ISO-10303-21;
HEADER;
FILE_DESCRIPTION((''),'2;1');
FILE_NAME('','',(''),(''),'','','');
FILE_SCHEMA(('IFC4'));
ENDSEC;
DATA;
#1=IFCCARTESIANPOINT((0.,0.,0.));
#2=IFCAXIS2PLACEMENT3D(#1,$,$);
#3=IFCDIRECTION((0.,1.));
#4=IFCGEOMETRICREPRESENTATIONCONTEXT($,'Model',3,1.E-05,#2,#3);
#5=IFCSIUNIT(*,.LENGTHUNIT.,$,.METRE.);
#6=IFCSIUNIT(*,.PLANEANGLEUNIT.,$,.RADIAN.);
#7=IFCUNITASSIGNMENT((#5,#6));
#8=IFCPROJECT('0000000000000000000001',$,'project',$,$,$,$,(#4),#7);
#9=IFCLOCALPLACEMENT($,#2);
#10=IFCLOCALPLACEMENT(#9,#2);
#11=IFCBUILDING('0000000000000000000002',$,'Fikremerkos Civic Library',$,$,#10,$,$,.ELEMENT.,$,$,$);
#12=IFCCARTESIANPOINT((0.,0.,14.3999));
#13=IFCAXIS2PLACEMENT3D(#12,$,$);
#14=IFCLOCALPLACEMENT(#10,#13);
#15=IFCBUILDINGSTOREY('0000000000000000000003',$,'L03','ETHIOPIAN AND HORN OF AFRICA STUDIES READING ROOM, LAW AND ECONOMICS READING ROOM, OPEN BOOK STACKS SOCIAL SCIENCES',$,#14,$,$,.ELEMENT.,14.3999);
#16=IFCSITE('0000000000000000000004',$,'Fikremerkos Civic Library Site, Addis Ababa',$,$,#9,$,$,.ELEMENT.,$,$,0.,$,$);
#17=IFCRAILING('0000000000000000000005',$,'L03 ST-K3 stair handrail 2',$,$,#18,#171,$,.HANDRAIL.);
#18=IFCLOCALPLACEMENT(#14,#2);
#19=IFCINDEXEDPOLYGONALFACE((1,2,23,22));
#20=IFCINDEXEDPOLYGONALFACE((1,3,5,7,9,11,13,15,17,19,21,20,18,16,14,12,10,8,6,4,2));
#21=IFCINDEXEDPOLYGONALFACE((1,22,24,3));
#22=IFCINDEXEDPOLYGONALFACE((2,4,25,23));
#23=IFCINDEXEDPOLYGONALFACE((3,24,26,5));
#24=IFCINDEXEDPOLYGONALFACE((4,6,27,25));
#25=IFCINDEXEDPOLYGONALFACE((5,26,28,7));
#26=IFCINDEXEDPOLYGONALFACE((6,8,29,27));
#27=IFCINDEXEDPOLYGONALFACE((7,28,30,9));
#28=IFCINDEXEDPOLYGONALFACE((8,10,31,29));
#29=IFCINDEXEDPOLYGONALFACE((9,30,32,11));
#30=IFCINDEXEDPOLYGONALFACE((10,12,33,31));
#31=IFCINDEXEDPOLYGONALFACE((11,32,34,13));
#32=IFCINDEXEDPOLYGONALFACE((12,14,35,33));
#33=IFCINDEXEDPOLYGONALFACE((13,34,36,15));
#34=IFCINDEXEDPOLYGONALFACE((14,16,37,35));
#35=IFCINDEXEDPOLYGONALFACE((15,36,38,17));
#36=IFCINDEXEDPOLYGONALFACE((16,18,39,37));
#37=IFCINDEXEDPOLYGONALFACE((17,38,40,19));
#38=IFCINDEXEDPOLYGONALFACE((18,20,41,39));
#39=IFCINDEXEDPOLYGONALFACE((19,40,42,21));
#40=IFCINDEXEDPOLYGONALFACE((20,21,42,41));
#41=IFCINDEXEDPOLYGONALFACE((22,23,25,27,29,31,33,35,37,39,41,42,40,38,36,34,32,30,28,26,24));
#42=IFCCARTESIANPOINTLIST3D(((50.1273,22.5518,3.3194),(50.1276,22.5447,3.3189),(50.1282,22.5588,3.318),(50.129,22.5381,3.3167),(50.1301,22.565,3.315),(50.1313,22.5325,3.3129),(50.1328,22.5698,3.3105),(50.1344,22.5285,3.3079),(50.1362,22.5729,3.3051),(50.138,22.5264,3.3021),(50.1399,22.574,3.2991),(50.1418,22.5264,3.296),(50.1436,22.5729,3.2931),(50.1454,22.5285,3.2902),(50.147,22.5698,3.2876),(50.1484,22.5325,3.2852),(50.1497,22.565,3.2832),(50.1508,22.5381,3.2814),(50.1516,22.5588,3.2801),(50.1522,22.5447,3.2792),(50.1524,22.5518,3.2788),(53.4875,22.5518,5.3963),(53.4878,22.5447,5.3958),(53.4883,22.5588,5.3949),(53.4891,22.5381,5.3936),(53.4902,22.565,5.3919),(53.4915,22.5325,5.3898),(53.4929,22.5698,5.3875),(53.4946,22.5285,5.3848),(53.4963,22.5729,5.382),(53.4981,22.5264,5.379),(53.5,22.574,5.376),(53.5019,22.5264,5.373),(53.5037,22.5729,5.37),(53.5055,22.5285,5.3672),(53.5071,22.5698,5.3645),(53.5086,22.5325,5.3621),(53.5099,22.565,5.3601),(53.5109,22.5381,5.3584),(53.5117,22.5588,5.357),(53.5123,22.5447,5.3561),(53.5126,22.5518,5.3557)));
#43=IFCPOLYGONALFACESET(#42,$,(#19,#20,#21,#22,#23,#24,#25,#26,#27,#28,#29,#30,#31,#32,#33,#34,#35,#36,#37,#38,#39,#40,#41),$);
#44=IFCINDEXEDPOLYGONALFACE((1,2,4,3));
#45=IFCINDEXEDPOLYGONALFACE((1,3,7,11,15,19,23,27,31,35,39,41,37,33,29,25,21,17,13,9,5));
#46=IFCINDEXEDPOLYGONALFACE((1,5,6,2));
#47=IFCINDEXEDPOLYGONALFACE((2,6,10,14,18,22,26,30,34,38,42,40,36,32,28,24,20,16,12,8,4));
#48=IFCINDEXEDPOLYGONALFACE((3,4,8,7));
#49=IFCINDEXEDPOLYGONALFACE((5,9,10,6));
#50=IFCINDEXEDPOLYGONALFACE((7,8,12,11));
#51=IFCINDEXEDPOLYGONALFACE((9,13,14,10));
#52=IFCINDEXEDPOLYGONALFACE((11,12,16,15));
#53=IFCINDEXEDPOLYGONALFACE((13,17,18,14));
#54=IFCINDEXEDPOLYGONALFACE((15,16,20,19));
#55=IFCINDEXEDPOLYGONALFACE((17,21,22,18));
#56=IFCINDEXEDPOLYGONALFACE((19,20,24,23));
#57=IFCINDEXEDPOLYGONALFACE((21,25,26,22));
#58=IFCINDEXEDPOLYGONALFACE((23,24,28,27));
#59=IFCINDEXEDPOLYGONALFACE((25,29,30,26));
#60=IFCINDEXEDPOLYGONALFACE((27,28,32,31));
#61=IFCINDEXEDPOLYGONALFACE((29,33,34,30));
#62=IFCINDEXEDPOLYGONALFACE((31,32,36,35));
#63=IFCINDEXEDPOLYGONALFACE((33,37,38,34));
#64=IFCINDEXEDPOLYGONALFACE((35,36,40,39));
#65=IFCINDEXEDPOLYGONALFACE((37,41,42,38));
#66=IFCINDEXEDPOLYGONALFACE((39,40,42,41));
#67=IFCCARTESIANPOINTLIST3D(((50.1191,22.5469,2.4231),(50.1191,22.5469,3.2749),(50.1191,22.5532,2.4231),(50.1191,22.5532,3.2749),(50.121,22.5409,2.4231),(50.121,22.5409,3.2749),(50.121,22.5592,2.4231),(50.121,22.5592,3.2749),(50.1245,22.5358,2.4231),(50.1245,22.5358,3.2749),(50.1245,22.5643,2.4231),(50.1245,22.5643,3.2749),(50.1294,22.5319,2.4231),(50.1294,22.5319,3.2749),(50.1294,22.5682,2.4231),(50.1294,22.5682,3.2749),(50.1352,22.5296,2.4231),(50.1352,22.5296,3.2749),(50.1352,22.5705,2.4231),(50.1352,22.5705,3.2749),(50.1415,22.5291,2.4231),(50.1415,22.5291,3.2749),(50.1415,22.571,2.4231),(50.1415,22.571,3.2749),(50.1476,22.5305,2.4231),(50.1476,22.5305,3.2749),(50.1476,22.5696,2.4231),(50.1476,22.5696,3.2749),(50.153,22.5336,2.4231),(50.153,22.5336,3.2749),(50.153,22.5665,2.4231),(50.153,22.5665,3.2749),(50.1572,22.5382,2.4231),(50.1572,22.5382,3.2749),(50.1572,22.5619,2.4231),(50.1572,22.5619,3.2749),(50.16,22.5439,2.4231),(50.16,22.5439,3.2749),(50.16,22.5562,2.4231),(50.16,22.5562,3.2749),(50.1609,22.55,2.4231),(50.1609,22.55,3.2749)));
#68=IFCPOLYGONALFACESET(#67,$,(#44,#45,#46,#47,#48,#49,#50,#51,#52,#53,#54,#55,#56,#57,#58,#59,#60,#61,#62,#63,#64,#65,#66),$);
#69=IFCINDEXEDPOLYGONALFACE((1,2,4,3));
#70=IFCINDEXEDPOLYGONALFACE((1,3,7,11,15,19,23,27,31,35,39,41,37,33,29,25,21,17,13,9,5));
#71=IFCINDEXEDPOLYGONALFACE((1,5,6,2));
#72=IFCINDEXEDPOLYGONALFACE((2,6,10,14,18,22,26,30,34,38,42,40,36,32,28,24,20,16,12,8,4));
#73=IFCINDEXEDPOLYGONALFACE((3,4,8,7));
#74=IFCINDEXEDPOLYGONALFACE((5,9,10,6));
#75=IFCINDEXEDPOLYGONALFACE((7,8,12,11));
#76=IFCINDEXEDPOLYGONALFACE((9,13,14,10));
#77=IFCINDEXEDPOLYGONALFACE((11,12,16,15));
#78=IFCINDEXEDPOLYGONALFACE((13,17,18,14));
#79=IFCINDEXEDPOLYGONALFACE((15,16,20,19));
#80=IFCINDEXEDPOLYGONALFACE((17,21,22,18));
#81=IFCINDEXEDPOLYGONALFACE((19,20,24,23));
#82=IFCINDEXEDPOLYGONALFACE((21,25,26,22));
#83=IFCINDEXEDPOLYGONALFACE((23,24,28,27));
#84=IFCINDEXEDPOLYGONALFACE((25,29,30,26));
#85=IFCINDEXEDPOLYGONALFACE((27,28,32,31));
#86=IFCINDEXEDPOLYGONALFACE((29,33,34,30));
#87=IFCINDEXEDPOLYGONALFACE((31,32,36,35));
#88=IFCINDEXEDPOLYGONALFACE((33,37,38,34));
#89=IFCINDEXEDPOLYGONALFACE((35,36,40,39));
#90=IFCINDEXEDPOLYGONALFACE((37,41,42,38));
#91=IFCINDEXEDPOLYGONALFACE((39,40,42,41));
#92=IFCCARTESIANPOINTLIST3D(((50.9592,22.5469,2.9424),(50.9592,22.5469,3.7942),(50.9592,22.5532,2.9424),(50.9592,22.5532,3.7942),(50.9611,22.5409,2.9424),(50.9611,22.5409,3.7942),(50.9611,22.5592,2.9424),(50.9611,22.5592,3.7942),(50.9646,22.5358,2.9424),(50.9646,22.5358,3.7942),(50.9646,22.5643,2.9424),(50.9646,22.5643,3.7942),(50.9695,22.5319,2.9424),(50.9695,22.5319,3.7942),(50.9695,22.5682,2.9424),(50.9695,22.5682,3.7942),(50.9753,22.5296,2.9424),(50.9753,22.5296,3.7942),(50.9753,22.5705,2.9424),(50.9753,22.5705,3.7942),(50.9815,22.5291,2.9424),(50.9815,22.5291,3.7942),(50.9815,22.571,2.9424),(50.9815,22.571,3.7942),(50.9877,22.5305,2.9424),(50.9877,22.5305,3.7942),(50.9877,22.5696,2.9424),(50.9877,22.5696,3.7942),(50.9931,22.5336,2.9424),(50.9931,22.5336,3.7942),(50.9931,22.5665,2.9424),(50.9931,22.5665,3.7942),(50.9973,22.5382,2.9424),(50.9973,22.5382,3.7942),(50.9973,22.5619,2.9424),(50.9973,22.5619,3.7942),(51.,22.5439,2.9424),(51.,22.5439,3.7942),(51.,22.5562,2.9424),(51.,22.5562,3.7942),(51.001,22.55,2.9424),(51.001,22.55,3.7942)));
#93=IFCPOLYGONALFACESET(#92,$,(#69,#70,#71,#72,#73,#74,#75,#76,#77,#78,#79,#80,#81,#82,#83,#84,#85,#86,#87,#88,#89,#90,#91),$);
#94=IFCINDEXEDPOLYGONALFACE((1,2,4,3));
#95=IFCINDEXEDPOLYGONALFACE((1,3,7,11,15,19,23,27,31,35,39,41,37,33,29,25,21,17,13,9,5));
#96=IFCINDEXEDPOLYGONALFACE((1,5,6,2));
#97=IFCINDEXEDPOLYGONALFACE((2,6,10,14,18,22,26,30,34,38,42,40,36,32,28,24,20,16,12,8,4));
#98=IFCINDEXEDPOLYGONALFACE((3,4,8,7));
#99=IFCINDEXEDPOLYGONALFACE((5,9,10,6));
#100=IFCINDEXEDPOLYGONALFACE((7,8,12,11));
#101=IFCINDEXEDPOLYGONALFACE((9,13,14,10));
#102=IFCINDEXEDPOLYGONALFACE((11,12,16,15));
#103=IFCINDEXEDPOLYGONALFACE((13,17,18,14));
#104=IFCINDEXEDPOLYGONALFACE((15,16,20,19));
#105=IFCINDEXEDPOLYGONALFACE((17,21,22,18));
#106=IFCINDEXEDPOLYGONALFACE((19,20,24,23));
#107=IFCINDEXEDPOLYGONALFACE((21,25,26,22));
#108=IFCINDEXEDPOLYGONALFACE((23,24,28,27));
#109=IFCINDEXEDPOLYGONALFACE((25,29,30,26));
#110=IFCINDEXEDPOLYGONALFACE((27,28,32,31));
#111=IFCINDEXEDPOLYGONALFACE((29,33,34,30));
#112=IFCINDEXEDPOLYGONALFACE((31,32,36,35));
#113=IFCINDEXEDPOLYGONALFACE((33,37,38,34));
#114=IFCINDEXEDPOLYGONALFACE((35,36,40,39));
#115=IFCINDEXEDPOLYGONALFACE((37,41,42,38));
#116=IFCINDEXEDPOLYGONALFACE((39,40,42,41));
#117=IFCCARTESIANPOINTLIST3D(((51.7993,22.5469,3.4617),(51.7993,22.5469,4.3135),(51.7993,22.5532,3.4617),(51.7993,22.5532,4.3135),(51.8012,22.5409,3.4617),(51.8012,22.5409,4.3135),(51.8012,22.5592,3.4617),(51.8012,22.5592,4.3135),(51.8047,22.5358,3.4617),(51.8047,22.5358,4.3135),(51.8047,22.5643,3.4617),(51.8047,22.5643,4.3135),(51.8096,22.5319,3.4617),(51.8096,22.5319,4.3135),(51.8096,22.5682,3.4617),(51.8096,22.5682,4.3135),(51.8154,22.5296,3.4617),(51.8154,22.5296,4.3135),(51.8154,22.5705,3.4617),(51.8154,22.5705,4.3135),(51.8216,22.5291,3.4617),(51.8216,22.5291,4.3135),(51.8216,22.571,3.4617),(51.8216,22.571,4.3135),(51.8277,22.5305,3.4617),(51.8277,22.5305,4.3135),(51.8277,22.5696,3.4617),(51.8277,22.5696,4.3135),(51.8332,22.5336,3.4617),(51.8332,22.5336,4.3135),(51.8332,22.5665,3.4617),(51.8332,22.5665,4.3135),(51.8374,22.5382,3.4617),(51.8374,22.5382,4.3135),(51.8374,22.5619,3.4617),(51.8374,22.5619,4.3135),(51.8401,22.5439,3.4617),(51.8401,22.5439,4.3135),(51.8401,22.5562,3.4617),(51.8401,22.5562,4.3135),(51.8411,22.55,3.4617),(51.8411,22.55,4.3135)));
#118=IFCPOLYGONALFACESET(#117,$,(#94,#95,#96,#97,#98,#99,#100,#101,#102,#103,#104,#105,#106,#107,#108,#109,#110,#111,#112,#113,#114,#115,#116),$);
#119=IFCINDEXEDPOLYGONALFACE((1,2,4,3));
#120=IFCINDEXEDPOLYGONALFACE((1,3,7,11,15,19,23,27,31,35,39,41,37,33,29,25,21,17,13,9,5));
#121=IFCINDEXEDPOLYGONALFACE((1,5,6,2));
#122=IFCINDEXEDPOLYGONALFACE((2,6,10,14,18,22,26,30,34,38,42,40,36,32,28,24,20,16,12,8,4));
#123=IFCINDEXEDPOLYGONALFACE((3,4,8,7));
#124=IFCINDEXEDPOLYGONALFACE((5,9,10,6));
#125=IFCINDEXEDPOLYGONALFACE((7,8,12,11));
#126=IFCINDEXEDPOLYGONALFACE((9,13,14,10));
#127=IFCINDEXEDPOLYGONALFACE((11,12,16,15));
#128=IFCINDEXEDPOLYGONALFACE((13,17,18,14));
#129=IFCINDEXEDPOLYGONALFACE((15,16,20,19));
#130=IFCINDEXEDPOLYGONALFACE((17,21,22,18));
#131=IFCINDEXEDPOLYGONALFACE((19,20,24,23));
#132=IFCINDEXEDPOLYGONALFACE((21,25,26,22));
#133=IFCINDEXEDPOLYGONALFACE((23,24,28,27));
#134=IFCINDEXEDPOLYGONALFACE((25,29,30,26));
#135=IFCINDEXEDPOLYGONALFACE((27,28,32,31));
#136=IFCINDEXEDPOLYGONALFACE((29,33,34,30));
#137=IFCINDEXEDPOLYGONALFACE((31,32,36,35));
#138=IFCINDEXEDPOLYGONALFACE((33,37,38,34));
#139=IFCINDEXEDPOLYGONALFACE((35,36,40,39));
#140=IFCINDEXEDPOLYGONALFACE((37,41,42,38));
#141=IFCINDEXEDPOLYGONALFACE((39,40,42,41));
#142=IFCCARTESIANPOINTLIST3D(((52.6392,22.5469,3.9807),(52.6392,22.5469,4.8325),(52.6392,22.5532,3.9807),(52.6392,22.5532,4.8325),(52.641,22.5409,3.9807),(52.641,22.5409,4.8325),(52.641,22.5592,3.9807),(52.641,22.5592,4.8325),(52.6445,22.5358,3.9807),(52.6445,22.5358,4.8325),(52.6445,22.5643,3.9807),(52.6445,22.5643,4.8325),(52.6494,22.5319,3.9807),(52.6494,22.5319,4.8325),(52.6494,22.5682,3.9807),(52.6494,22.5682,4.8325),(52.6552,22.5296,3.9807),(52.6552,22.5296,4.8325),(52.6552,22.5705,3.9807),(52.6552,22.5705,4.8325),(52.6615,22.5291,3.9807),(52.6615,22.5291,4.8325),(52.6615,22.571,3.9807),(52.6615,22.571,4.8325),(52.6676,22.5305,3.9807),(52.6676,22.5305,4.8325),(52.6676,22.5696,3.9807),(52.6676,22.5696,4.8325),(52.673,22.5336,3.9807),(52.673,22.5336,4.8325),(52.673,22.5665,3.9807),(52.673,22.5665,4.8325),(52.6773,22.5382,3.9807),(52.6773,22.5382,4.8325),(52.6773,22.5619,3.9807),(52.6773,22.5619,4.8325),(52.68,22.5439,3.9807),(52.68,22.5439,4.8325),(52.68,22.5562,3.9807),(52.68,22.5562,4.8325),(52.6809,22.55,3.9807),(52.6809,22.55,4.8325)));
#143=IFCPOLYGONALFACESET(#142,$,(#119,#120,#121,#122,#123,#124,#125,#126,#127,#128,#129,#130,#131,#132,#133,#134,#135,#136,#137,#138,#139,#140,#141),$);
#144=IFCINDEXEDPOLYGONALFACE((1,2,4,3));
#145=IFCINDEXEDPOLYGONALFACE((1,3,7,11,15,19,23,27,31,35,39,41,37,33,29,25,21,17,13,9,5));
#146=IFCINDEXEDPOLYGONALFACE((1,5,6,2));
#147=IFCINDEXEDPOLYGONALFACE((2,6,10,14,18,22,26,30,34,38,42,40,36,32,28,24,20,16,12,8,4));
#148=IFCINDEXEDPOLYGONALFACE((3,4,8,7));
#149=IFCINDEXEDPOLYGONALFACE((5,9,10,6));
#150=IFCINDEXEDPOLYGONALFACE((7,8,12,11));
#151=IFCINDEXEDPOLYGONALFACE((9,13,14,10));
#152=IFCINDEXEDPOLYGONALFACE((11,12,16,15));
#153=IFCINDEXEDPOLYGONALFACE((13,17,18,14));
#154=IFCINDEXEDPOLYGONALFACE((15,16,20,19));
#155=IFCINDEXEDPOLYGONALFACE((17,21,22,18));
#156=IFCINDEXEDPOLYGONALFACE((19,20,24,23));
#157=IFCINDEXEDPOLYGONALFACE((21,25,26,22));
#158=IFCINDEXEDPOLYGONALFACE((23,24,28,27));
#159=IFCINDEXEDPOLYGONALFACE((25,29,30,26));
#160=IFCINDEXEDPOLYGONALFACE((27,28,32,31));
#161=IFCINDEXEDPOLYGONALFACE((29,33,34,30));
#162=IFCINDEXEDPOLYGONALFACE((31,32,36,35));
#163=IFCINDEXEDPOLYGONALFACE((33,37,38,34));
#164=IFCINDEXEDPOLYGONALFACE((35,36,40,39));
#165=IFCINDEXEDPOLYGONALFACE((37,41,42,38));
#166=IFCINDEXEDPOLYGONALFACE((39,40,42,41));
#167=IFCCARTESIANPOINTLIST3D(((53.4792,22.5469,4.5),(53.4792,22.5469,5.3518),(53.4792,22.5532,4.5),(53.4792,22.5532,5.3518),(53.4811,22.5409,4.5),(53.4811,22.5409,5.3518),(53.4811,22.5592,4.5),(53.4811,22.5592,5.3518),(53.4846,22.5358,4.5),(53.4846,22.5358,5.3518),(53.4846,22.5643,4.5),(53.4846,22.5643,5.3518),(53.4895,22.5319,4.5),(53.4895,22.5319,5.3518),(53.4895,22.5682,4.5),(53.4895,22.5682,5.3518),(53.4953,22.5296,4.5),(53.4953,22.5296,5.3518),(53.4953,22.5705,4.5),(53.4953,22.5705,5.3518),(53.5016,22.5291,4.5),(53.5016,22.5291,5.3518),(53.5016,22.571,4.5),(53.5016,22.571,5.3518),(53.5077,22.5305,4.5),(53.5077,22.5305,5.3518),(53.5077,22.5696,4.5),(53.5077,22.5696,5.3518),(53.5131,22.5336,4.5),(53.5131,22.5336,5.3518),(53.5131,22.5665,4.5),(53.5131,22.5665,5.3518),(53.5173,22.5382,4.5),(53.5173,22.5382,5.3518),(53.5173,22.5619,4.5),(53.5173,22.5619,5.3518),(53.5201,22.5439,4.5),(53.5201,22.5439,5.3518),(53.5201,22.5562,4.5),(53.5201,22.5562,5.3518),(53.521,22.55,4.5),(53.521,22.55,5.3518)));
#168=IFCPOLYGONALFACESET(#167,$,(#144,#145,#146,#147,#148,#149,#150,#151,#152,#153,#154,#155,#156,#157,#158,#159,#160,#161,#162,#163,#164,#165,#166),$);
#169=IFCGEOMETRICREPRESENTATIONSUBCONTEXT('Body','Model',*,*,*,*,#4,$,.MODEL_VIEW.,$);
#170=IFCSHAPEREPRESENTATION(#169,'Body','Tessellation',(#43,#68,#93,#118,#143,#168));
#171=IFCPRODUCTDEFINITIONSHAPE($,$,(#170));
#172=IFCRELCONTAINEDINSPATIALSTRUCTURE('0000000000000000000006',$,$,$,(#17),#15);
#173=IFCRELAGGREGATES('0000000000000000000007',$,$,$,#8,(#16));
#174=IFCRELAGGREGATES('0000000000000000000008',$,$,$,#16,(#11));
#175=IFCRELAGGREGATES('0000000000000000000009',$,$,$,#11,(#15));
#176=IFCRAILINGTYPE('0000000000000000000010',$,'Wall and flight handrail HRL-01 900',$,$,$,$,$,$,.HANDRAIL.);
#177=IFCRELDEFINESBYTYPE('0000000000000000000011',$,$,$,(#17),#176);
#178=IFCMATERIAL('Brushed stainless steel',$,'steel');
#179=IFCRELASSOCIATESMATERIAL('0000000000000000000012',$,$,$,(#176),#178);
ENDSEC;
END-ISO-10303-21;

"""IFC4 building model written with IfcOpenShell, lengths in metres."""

from ifc_helpers import new_model, si_unit, direction, frame, origin, origin_2d, place, context, subcontext, project, spatial, circle, extrude, material, type_object, element, save


model = new_model("IFC4")

# Units and contexts
model_context = context("Model", 3, precision=1e-05, world=origin(), true_north=direction((0.0, 1.0)))
body_context = subcontext(model_context, "Body", "Model", "MODEL_VIEW")
ifc_project = project(units=[si_unit("LENGTHUNIT", "METRE"), si_unit("PLANEANGLEUNIT", "RADIAN")], contexts=[model_context])

# Site, building, storey
site_placement = place(None, origin())
site = spatial("IfcSite", under=ifc_project, at=site_placement, Name="Fikremerkos Civic Library Site, Addis Ababa", CompositionType="ELEMENT", RefElevation=0.0)
building_placement = place(site_placement, origin())
building = spatial("IfcBuilding", under=site, at=building_placement, Name="Fikremerkos Civic Library", CompositionType="ELEMENT")
storey_placement = place(building_placement, frame((0.0, 0.0, 14.3999)))
storey = spatial("IfcBuildingStorey", under=building, at=storey_placement, Name="L03", Description="ETHIOPIAN AND HORN OF AFRICA STUDIES READING ROOM, LAW AND ECONOMICS READING ROOM, OPEN BOOK STACKS SOCIAL SCIENCES", CompositionType="ELEMENT", Elevation=14.3999)

# Shared definitions
ifc_material_1 = material(Name="Brushed stainless steel", Category="steel")

# Railing
railing_type_1 = type_object("IfcRailingType", Name="Wall and flight handrail HRL-01 900", PredefinedType="HANDRAIL", material=ifc_material_1)
railing_1_placement = place(storey_placement, frame((50.1399, 22.55, 2.4231)))
element("IfcRailing", 1, at=railing_1_placement, inside=storey, type_object=railing_type_1, Name="L03 ST-K3 stair handrail 2", PredefinedType="HANDRAIL", context=body_context, shape_type="SweptSolid", body=[
    extrude(circle(Radius=0.0239, at=origin_2d()), frame((0.0, 0.0, 0.876), z_axis=(0.850623, 0.0, 0.525776), x_axis=(0.0, 1.0, 0.0)), (0.0, 0.0, 1.0), 3.9502),
    extrude(circle(Radius=0.021, at=origin_2d()), origin(), (0.0, 0.0, 1.0), 0.8518),
    extrude(circle(Radius=0.021, at=origin_2d()), frame((0.8401, 0.0, 0.5193)), (0.0, 0.0, 1.0), 0.8518),
    extrude(circle(Radius=0.021, at=origin_2d()), frame((1.6802, 0.0, 1.0386)), (0.0, 0.0, 1.0), 0.8518),
    extrude(circle(Radius=0.021, at=origin_2d()), frame((2.52, 0.0, 1.5576)), (0.0, 0.0, 1.0), 0.8518),
    extrude(circle(Radius=0.021, at=origin_2d()), frame((3.3601, 0.0, 2.0769)), (0.0, 0.0, 1.0), 0.8518),
])

save(model, "model.ifc")
